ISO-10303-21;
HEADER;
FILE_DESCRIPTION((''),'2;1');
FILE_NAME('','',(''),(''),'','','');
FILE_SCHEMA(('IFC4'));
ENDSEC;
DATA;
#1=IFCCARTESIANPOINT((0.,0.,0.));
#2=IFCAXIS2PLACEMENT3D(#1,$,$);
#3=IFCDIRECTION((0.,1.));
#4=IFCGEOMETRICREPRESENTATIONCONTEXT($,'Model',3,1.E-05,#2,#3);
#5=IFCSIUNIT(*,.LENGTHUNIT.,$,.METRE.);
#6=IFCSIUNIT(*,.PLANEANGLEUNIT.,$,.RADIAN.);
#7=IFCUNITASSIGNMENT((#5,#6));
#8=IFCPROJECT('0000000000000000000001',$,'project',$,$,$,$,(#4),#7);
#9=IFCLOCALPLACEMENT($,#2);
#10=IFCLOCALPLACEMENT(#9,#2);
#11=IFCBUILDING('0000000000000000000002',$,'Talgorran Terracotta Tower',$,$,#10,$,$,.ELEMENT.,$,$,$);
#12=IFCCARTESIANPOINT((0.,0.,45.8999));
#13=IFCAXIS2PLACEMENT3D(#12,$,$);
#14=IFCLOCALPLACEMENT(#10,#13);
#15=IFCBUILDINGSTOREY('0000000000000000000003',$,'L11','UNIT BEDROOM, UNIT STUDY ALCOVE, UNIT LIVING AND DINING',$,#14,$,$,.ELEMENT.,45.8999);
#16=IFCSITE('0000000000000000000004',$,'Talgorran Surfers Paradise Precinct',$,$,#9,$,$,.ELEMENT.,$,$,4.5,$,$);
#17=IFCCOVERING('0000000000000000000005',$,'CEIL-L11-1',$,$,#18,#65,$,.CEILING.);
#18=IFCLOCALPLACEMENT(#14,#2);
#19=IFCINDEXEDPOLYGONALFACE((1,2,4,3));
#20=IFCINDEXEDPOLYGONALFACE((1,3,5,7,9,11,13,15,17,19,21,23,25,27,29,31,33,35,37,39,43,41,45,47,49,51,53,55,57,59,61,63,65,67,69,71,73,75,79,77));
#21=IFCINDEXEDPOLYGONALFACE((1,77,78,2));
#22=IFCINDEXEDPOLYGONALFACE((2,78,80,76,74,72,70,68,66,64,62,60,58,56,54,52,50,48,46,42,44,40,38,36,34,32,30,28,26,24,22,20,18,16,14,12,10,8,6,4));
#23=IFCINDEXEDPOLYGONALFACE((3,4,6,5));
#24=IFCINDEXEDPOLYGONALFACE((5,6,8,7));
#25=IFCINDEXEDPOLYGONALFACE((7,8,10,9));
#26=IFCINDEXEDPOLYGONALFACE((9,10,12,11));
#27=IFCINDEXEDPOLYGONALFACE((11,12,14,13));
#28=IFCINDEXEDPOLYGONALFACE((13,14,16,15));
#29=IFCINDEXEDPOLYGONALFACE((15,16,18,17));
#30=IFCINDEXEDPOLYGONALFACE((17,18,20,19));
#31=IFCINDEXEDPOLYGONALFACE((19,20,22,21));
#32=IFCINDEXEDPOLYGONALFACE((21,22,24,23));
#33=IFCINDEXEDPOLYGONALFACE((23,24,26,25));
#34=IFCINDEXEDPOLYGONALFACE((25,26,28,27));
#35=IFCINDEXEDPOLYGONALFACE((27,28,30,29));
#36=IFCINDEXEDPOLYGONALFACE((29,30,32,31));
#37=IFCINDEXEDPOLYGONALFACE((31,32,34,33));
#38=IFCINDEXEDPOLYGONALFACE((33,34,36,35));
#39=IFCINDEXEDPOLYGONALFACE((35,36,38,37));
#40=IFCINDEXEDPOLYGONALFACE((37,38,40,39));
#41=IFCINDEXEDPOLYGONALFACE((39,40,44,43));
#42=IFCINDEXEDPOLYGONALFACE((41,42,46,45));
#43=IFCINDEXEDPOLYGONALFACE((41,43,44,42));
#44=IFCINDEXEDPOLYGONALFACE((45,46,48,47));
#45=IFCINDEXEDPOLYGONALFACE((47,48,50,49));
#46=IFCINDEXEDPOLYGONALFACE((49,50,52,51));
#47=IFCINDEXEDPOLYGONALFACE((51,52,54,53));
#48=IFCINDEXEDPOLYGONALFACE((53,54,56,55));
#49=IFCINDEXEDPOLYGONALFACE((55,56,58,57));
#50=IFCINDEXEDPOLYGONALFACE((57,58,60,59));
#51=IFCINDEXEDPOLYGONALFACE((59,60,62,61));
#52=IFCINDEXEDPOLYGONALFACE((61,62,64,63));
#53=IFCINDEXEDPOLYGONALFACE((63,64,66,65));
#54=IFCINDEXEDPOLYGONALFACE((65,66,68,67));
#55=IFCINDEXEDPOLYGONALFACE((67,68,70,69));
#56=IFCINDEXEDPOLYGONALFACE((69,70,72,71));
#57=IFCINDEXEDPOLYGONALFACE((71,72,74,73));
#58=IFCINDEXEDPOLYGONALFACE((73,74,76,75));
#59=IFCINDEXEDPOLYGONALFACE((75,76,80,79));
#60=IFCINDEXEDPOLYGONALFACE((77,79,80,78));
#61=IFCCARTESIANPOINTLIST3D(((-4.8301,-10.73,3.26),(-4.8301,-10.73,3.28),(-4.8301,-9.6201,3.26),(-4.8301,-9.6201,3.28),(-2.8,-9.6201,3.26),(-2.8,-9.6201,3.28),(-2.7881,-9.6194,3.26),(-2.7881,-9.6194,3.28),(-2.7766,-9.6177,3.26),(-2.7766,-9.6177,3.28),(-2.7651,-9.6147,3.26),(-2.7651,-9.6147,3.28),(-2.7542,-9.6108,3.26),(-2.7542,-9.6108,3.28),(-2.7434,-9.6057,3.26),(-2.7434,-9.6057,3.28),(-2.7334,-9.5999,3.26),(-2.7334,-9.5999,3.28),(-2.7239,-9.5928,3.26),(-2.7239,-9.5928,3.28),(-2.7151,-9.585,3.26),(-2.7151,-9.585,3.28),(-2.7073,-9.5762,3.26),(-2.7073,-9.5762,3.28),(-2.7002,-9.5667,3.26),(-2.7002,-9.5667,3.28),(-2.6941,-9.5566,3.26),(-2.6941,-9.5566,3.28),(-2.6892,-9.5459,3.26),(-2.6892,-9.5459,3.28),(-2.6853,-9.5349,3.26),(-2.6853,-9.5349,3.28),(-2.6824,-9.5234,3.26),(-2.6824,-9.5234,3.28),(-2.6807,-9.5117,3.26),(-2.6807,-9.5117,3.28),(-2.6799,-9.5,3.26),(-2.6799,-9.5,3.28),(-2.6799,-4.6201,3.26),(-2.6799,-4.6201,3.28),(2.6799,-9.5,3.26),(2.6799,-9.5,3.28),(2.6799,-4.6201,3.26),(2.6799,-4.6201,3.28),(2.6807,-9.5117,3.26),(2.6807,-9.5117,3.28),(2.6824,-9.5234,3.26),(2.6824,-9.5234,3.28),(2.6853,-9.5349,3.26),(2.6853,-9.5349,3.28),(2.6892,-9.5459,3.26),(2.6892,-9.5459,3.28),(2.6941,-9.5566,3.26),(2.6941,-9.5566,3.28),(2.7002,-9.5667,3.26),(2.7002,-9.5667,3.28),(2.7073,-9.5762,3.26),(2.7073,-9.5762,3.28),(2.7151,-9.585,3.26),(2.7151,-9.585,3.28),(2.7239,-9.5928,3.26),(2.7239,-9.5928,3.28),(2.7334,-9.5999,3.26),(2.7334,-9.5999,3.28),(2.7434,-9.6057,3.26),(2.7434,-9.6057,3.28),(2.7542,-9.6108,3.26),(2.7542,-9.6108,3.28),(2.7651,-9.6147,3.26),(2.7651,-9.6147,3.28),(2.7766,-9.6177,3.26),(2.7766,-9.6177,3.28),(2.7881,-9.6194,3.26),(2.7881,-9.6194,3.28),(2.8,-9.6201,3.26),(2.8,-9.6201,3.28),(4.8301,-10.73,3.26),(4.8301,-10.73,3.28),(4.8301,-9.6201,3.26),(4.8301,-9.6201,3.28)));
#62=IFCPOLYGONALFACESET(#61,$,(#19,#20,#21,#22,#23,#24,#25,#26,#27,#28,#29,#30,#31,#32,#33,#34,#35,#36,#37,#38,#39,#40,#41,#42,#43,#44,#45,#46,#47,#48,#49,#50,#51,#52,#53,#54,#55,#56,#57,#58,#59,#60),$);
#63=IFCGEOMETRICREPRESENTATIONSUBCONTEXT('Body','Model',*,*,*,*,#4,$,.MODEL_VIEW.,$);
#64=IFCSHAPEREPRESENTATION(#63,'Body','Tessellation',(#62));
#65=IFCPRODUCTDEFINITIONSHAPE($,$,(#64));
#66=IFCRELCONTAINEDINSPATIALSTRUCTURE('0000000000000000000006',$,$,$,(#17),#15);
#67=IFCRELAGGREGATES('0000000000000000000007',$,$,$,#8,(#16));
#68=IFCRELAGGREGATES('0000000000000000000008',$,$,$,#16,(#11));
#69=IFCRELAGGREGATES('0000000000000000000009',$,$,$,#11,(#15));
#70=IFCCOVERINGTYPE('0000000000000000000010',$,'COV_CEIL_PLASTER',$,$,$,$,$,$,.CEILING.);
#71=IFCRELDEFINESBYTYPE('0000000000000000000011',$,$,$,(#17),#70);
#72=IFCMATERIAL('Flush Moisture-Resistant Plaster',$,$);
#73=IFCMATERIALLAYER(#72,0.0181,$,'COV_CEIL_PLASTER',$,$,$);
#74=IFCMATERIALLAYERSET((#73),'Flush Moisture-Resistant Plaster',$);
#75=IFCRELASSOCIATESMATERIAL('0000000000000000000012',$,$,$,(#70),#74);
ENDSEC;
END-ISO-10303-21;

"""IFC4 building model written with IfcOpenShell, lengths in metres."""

from ifc_helpers import new_model, si_unit, direction, frame, origin, place, context, subcontext, project, spatial, polyline, outline, extrude, material, layer, layer_set, type_object, element, save


model = new_model("IFC4")

# Units and contexts
model_context = context("Model", 3, precision=1e-05, world=origin(), true_north=direction((0.0, 1.0)))
body_context = subcontext(model_context, "Body", "Model", "MODEL_VIEW")
ifc_project = project(units=[si_unit("LENGTHUNIT", "METRE"), si_unit("PLANEANGLEUNIT", "RADIAN")], contexts=[model_context])

# Site, building, storey
site_placement = place(None, origin())
site = spatial("IfcSite", under=ifc_project, at=site_placement, Name="Talgorran Surfers Paradise Precinct", CompositionType="ELEMENT", RefElevation=4.5)
building_placement = place(site_placement, origin())
building = spatial("IfcBuilding", under=site, at=building_placement, Name="Talgorran Terracotta Tower", CompositionType="ELEMENT")
storey_placement = place(building_placement, frame((0.0, 0.0, 45.8999)))
storey = spatial("IfcBuildingStorey", under=building, at=storey_placement, Name="L11", Description="UNIT BEDROOM, UNIT STUDY ALCOVE, UNIT LIVING AND DINING", CompositionType="ELEMENT", Elevation=45.8999)

# Covering
ifc_material_1 = material(Name="Flush Moisture-Resistant Plaster")
ifc_layer_1 = layer(ifc_material_1, 0.0181, Name="COV_CEIL_PLASTER")
ifc_layer_set_1 = layer_set([ifc_layer_1], Name="Flush Moisture-Resistant Plaster")
covering_type_1 = type_object("IfcCoveringType", Name="COV_CEIL_PLASTER", PredefinedType="CEILING", material=ifc_layer_set_1)
covering_1_placement = place(storey_placement, frame((0.0, 0.0, 3.26)))
element("IfcCovering", 1, at=covering_1_placement, inside=storey, type_object=covering_type_1, Name="CEIL-L11-1", PredefinedType="CEILING", context=body_context, shape_type="SweptSolid", body=[
    extrude(outline(polyline([(-4.8301, -9.6201), (-2.8, -9.6201), (-2.7881, -9.6194), (-2.7766, -9.6177), (-2.7651, -9.6147), (-2.7542, -9.6108), (-2.7434, -9.6057), (-2.7334, -9.5999), (-2.7239, -9.5928), (-2.7151, -9.585), (-2.7073, -9.5762), (-2.7002, -9.5667), (-2.6941, -9.5566), (-2.6892, -9.5459), (-2.6853, -9.5349), (-2.6824, -9.5234), (-2.6807, -9.5117), (-2.6799, -9.5), (-2.6799, -4.6201), (2.6799, -4.6201), (2.6799, -9.5), (2.6807, -9.5117), (2.6824, -9.5234), (2.6853, -9.5349), (2.6892, -9.5459), (2.6941, -9.5566), (2.7002, -9.5667), (2.7073, -9.5762), (2.7151, -9.585), (2.7239, -9.5928), (2.7334, -9.5999), (2.7434, -9.6057), (2.7542, -9.6108), (2.7651, -9.6147), (2.7766, -9.6177), (2.7881, -9.6194), (2.8, -9.6201), (4.8301, -9.6201), (4.8301, -10.73), (-4.8301, -10.73), (-4.8301, -9.6201)])), origin(), (0.0, 0.0, 1.0), 0.02),
])

save(model, "model.ifc")
